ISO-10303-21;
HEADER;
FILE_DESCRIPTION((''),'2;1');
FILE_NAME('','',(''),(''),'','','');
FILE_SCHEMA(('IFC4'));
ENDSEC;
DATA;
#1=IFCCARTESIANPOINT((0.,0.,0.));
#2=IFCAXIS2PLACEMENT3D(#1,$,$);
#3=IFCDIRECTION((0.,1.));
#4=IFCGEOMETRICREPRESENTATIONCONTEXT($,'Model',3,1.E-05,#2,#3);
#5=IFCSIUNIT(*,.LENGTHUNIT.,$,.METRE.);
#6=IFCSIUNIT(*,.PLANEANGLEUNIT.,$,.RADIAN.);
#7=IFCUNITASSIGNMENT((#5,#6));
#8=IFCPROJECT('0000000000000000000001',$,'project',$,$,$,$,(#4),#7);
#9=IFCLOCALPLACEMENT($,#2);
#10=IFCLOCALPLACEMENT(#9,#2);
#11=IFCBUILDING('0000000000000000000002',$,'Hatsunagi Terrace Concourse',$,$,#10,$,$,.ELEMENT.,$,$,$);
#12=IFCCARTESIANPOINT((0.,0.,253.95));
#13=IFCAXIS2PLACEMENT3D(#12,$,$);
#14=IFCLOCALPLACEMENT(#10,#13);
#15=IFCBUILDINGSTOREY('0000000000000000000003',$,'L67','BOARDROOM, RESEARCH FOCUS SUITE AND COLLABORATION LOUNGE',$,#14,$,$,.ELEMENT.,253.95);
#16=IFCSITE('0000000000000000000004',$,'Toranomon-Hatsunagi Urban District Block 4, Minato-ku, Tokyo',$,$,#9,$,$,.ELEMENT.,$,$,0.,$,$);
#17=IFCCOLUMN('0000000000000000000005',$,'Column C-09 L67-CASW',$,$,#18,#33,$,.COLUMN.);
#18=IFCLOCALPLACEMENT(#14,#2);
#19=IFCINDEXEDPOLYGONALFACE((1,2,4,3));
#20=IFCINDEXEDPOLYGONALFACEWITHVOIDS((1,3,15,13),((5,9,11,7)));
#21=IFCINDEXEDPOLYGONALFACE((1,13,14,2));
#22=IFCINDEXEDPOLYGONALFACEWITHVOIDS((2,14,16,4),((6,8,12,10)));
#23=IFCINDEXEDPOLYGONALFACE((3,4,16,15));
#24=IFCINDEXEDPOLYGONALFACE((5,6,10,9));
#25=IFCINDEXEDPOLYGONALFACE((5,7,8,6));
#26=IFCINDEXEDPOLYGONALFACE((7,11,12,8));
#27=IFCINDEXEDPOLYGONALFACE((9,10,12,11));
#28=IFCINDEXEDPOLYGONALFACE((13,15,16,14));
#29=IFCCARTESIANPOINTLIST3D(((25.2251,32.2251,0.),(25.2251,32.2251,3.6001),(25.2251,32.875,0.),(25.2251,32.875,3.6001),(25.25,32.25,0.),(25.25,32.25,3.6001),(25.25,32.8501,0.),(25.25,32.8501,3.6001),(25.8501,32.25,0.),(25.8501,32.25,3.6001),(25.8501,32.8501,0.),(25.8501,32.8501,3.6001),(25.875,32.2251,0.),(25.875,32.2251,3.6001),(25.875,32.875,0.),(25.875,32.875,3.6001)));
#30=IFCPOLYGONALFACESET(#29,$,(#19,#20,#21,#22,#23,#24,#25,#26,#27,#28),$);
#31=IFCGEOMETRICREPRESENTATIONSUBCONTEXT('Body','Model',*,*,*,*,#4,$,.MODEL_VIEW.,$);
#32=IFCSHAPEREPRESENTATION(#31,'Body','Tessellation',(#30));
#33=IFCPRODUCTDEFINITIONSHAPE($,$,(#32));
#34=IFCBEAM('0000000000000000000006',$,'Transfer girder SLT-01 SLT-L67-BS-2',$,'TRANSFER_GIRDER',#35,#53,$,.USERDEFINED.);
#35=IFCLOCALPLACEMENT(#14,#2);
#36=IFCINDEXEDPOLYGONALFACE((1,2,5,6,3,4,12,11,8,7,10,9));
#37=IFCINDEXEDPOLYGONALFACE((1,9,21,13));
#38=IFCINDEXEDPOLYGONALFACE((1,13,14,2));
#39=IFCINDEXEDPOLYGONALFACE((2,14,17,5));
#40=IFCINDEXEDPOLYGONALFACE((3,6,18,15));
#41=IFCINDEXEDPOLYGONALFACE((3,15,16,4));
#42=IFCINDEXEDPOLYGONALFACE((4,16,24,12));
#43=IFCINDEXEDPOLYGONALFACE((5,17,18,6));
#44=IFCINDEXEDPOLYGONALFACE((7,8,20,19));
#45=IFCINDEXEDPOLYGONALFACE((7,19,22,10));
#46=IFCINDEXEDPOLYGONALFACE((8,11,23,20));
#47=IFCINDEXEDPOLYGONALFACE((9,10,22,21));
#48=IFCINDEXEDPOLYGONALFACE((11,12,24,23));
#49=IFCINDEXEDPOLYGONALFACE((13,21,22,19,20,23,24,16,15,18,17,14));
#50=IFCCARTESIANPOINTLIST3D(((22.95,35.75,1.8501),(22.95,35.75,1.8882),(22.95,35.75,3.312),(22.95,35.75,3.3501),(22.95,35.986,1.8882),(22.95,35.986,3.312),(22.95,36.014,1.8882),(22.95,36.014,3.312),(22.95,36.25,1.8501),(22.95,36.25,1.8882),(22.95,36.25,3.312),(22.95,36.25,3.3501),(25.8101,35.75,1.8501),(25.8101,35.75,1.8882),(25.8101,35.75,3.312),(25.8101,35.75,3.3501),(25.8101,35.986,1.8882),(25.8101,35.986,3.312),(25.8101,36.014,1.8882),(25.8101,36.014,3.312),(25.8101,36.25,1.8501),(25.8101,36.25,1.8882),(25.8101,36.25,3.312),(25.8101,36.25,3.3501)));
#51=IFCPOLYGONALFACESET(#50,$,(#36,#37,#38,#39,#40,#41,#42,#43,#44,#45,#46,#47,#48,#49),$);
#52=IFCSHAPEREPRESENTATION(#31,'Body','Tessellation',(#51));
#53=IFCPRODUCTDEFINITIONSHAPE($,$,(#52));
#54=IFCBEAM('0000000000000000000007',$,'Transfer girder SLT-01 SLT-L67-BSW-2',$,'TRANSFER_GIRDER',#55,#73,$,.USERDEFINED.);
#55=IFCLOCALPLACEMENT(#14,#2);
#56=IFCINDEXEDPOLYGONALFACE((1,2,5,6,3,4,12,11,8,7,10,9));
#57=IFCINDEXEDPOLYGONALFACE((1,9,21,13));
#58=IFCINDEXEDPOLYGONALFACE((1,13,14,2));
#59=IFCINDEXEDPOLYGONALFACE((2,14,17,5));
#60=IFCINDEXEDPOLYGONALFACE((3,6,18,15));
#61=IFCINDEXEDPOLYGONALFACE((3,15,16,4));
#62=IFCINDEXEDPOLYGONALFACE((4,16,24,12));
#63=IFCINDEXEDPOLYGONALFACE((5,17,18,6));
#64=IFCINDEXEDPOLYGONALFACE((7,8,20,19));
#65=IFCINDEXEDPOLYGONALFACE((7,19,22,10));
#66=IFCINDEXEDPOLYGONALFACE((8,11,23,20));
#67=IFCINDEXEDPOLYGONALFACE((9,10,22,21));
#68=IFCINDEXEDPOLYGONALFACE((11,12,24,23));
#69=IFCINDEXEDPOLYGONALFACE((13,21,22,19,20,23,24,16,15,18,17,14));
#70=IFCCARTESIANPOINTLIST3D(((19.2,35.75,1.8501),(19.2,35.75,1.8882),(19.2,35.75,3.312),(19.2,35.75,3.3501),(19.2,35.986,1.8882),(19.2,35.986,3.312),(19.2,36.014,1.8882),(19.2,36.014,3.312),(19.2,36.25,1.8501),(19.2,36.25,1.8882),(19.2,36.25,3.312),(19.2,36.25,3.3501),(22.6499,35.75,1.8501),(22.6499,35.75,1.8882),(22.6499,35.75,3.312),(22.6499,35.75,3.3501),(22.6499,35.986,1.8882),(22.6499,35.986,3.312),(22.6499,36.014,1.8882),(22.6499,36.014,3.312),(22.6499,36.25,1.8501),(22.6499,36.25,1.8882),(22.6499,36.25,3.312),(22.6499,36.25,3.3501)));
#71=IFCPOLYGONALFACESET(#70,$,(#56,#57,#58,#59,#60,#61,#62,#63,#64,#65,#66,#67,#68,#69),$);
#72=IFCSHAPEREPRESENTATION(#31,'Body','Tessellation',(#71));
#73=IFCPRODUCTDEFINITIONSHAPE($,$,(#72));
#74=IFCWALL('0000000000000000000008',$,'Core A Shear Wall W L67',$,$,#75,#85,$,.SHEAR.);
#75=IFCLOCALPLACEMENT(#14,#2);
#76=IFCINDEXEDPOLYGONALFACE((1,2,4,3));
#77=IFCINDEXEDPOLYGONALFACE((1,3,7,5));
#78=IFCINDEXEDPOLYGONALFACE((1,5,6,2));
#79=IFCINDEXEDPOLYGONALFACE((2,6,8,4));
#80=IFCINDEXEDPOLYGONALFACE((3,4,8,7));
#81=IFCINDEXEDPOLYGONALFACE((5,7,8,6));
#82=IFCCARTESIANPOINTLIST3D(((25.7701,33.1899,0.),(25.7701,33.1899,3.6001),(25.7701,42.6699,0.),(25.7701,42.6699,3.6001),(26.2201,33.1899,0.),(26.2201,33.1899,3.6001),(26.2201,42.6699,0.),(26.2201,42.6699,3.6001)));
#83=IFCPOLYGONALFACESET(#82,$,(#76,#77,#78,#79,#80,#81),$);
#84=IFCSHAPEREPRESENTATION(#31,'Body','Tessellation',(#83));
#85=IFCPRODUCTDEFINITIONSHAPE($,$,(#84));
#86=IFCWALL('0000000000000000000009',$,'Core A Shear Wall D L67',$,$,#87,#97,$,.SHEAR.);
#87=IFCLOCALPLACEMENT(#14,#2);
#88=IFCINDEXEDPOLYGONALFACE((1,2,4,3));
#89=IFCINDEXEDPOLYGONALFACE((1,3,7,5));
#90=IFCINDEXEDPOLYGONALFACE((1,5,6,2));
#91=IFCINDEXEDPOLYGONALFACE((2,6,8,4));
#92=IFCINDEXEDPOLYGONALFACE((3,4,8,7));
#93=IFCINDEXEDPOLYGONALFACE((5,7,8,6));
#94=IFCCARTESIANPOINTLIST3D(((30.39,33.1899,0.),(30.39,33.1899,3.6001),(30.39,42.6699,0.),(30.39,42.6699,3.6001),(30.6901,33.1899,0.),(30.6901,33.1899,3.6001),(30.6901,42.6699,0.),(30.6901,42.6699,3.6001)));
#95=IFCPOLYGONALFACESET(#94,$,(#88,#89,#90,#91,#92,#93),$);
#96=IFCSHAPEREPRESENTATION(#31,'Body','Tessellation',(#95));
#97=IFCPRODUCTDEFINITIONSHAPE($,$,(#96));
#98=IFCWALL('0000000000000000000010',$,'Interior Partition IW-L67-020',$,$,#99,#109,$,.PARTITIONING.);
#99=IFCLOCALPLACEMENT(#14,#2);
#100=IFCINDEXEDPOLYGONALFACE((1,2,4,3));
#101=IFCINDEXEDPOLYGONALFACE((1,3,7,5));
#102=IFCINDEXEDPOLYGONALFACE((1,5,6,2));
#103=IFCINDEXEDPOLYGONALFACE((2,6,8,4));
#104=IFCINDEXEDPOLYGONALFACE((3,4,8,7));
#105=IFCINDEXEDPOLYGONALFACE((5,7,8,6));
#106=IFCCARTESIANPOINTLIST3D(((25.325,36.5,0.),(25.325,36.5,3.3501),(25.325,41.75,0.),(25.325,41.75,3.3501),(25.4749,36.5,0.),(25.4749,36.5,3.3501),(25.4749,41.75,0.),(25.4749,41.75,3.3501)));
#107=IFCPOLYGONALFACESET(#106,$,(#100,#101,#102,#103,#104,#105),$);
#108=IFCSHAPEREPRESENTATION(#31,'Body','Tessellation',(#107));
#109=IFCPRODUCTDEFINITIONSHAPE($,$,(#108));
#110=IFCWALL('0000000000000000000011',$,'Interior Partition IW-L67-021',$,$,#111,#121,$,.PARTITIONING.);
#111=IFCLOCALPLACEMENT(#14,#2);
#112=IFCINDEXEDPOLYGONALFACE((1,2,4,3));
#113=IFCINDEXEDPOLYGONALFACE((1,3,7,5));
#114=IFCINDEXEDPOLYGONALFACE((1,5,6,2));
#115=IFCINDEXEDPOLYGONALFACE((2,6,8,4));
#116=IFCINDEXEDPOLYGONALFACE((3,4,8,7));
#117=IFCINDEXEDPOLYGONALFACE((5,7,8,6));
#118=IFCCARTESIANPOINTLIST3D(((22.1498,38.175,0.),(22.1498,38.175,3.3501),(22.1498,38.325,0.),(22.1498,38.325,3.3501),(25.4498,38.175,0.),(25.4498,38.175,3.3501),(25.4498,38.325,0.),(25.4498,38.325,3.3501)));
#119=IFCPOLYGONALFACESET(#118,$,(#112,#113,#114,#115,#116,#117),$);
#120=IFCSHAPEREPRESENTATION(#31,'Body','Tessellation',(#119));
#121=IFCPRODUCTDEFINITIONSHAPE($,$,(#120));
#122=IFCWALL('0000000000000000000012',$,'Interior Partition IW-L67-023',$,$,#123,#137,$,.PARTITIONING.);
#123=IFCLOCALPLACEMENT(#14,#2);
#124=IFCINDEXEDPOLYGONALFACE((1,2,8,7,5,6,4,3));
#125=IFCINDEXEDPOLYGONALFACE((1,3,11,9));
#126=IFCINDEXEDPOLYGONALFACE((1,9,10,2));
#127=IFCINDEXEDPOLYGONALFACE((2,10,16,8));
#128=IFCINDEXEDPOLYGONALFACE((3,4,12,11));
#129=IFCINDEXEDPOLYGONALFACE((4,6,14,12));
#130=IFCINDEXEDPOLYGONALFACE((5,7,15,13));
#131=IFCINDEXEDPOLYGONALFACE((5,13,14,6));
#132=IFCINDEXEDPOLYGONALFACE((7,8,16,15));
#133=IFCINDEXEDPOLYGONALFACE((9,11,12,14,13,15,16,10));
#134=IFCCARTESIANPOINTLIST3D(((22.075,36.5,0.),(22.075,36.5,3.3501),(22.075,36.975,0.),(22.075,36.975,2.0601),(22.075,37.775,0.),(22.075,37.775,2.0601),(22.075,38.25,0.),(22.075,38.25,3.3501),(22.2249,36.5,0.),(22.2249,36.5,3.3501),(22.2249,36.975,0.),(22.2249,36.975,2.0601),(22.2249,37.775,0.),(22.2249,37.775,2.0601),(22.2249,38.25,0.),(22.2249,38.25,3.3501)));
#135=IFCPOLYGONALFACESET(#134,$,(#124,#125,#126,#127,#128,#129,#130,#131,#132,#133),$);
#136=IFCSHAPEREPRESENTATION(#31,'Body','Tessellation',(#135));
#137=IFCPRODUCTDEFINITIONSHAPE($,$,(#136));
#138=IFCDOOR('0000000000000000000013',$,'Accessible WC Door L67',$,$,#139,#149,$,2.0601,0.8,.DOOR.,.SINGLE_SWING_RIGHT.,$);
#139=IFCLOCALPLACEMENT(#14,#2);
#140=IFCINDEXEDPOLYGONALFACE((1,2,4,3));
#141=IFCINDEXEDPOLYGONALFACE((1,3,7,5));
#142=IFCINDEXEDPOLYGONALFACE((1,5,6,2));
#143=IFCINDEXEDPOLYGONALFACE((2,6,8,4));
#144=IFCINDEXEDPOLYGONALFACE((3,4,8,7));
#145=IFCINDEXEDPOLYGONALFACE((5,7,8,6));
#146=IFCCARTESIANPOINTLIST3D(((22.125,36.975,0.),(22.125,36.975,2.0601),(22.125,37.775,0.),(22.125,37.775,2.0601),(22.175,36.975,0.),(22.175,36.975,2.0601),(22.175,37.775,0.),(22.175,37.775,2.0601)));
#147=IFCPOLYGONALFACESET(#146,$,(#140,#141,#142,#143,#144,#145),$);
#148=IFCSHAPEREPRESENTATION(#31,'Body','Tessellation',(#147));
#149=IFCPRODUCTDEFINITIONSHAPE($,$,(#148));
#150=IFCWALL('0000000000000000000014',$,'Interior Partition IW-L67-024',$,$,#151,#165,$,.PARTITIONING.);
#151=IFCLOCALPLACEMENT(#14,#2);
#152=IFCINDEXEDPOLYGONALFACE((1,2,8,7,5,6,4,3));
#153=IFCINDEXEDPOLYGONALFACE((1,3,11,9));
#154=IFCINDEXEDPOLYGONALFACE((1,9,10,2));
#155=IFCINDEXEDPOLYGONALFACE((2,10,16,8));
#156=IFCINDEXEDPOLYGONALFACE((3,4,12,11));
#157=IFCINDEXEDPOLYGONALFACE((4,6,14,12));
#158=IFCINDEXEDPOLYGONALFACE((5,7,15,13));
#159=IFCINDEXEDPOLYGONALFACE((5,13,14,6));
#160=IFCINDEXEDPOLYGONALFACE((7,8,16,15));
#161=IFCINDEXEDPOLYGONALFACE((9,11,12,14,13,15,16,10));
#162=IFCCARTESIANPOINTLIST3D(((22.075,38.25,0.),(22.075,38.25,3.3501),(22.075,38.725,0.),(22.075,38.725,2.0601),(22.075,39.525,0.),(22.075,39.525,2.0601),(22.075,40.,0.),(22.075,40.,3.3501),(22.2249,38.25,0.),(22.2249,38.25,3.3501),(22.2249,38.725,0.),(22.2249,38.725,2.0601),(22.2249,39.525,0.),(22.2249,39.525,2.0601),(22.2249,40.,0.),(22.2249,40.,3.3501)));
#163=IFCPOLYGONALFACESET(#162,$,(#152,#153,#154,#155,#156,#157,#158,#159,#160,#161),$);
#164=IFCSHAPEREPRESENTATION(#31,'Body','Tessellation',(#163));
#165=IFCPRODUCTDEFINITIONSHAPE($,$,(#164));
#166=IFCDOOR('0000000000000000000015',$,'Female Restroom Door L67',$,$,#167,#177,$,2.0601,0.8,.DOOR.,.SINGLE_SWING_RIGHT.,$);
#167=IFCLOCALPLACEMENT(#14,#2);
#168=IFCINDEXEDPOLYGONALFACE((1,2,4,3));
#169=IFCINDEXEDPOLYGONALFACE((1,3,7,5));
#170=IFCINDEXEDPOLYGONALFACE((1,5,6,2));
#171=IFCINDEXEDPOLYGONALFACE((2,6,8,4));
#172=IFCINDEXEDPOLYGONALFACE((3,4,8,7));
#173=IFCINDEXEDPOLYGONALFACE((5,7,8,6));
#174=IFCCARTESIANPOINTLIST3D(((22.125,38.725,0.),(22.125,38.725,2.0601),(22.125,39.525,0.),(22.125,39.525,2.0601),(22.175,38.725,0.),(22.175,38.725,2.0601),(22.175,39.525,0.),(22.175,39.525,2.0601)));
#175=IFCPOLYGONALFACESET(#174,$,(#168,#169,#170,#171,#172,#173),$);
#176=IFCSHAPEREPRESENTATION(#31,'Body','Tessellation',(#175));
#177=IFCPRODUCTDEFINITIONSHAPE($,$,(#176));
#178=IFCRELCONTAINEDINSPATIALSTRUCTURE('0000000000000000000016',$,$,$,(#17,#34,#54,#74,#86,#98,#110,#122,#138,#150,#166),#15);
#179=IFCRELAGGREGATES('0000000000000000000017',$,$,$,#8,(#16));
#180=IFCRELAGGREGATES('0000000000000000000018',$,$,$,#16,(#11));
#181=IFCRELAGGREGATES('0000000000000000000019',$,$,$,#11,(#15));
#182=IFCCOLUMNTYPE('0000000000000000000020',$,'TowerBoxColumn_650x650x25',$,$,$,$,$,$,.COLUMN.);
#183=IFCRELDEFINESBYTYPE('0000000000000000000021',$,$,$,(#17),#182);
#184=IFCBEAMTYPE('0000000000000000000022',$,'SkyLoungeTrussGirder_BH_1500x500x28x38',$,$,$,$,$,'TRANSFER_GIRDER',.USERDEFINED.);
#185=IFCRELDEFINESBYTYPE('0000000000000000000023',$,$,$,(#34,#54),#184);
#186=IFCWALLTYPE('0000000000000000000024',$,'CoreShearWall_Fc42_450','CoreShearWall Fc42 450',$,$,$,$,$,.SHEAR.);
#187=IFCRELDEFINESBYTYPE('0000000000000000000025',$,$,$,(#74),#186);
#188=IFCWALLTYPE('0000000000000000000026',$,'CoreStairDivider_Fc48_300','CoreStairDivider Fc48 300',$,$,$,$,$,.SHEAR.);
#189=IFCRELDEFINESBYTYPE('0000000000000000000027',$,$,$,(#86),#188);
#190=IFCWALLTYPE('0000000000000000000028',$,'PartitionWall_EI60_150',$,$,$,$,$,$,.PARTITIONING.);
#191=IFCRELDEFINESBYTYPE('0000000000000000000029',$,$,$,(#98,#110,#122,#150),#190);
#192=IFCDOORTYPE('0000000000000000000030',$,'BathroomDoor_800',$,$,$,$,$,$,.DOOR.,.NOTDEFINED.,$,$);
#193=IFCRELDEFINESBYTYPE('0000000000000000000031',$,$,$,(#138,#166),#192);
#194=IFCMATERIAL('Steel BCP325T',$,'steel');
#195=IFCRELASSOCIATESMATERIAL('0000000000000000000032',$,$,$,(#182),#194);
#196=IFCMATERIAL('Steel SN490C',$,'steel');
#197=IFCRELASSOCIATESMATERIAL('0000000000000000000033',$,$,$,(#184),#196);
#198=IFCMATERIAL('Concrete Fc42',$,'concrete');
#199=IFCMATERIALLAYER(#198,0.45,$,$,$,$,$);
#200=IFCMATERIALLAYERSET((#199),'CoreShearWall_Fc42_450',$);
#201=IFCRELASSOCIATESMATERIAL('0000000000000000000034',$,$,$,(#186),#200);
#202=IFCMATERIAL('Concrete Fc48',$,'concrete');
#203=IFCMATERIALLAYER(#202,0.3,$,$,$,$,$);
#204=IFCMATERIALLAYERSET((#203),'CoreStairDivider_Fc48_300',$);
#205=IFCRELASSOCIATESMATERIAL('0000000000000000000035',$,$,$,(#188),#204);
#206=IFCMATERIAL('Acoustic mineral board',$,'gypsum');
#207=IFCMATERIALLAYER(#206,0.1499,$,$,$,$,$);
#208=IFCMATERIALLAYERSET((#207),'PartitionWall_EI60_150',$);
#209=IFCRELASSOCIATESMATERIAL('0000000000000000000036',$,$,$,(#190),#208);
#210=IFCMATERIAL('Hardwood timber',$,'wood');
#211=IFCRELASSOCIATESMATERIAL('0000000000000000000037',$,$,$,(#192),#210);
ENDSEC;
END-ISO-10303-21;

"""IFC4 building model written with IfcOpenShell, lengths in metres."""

from ifc_helpers import new_model, si_unit, direction, frame, frame_2d, origin, origin_2d, place, context, subcontext, project, spatial, rectangle, hollow_rectangle, i_section, extrude, material, layer, layer_set, material_profile, profile_set, type_object, element, fill, save


model = new_model("IFC4")

# Units and contexts
model_context = context("Model", 3, precision=1e-05, world=origin(), true_north=direction((0.0, 1.0)))
body_context = subcontext(model_context, "Body", "Model", "MODEL_VIEW")
ifc_project = project(units=[si_unit("LENGTHUNIT", "METRE"), si_unit("PLANEANGLEUNIT", "RADIAN")], contexts=[model_context])

# Site, building, storey
site_placement = place(None, origin())
site = spatial("IfcSite", under=ifc_project, at=site_placement, Name="Toranomon-Hatsunagi Urban District Block 4, Minato-ku, Tokyo", CompositionType="ELEMENT", RefElevation=0.0)
building_placement = place(site_placement, origin())
building = spatial("IfcBuilding", under=site, at=building_placement, Name="Hatsunagi Terrace Concourse", CompositionType="ELEMENT")
storey_placement = place(building_placement, frame((0.0, 0.0, 253.95)))
storey = spatial("IfcBuildingStorey", under=building, at=storey_placement, Name="L67", Description="BOARDROOM, RESEARCH FOCUS SUITE AND COLLABORATION LOUNGE", CompositionType="ELEMENT", Elevation=253.95)

# Column
ifc_material_1 = material(Name="Steel BCP325T", Category="steel")
ifc_material_profile_1 = material_profile(ifc_material_1, hollow_rectangle(XDim=0.6499, YDim=0.6499, WallThickness=0.0249, at=origin_2d()), Name="BCP-650x650x25")
ifc_profile_set_1 = profile_set([ifc_material_profile_1], Name="Steel BCP325T")
column_type = type_object("IfcColumnType", Name="TowerBoxColumn_650x650x25", PredefinedType="COLUMN", material=ifc_profile_set_1)
column_placement = place(storey_placement, frame((25.55, 32.55, 0.0), z_axis=(0.0, 0.0, 1.0), x_axis=(1.0, 0.0, 0.0)))
element("IfcColumn", 1, at=column_placement, inside=storey, type_object=column_type, Name="Column C-09 L67-CASW", PredefinedType="COLUMN", context=body_context, shape_type="SweptSolid", body=[
    extrude(hollow_rectangle(XDim=0.6499, YDim=0.6499, WallThickness=0.0249, at=origin_2d()), origin(), (0.0, 0.0, 1.0), 3.6001),
])

# Beams
ifc_material_2 = material(Name="Steel SN490C", Category="steel")
ifc_material_profile_2 = material_profile(ifc_material_2, i_section(OverallWidth=0.5, OverallDepth=1.5, WebThickness=0.0281, FlangeThickness=0.0381, at=origin_2d()), Name="BH-1500x500x28x38")
ifc_profile_set_2 = profile_set([ifc_material_profile_2], Name="Steel SN490C")
beam_type = type_object("IfcBeamType", Name="SkyLoungeTrussGirder_BH_1500x500x28x38", ElementType="TRANSFER_GIRDER", PredefinedType="USERDEFINED", material=ifc_profile_set_2)
beam_1_placement = place(storey_placement, frame((25.8101, 36.0, 2.6001), z_axis=(-1.0, 0.0, 0.0), x_axis=(0.0, -1.0, 0.0)))
element("IfcBeam", 2, at=beam_1_placement, inside=storey, type_object=beam_type, Name="Transfer girder SLT-01 SLT-L67-BS-2", ObjectType="TRANSFER_GIRDER", PredefinedType="USERDEFINED", context=body_context, shape_type="SweptSolid", body=[
    extrude(i_section(OverallWidth=0.5, OverallDepth=1.5, WebThickness=0.0281, FlangeThickness=0.0381, at=origin_2d()), origin(), (0.0, 0.0, 1.0), 2.8601),
])
beam_2_placement = place(storey_placement, frame((22.6499, 36.0, 2.6001), z_axis=(-1.0, 0.0, 0.0), x_axis=(0.0, -1.0, 0.0)))
element("IfcBeam", 3, at=beam_2_placement, inside=storey, type_object=beam_type, Name="Transfer girder SLT-01 SLT-L67-BSW-2", ObjectType="TRANSFER_GIRDER", PredefinedType="USERDEFINED", context=body_context, shape_type="SweptSolid", body=[
    extrude(i_section(OverallWidth=0.5, OverallDepth=1.5, WebThickness=0.0281, FlangeThickness=0.0381, at=origin_2d()), origin(), (0.0, 0.0, 1.0), 3.45),
])

# Shared definitions
ifc_material_3 = material(Name="Concrete Fc42", Category="concrete")
ifc_layer_1 = layer(ifc_material_3, 0.45)
ifc_layer_set_1 = layer_set([ifc_layer_1], Name="CoreShearWall_Fc42_450")
wall_type_1 = type_object("IfcWallType", Name="CoreShearWall_Fc42_450", Description="CoreShearWall Fc42 450", PredefinedType="SHEAR", material=ifc_layer_set_1)

# Walls
wall_1_placement = place(storey_placement, frame((25.9951, 33.1899, 0.0), z_axis=(0.0, 0.0, 1.0), x_axis=(0.0, 1.0, 0.0)))
element("IfcWall", 4, at=wall_1_placement, inside=storey, type_object=wall_type_1, Name="Core A Shear Wall W L67", PredefinedType="SHEAR", context=body_context, shape_type="SweptSolid", body=[
    extrude(rectangle(XDim=9.48, YDim=0.45, at=frame_2d((4.74, 0.0))), origin(), (0.0, 0.0, 1.0), 3.6001),
])
ifc_material_4 = material(Name="Concrete Fc48", Category="concrete")
ifc_layer_2 = layer(ifc_material_4, 0.3)
ifc_layer_set_2 = layer_set([ifc_layer_2], Name="CoreStairDivider_Fc48_300")
wall_type_2 = type_object("IfcWallType", Name="CoreStairDivider_Fc48_300", Description="CoreStairDivider Fc48 300", PredefinedType="SHEAR", material=ifc_layer_set_2)
wall_2_placement = place(storey_placement, frame((30.54, 33.1899, 0.0), z_axis=(0.0, 0.0, 1.0), x_axis=(0.0, 1.0, 0.0)))
element("IfcWall", 5, at=wall_2_placement, inside=storey, type_object=wall_type_2, Name="Core A Shear Wall D L67", PredefinedType="SHEAR", context=body_context, shape_type="SweptSolid", body=[
    extrude(rectangle(XDim=9.48, YDim=0.3, at=frame_2d((4.74, 0.0))), origin(), (0.0, 0.0, 1.0), 3.6001),
])
ifc_material_5 = material(Name="Acoustic mineral board", Category="gypsum")
ifc_layer_3 = layer(ifc_material_5, 0.1499)
ifc_layer_set_3 = layer_set([ifc_layer_3], Name="PartitionWall_EI60_150")
wall_type_3 = type_object("IfcWallType", Name="PartitionWall_EI60_150", PredefinedType="PARTITIONING", material=ifc_layer_set_3)
wall_3_placement = place(storey_placement, frame((25.3999, 36.5, 0.0), z_axis=(0.0, 0.0, 1.0), x_axis=(0.0, 1.0, 0.0)))
element("IfcWall", 6, at=wall_3_placement, inside=storey, type_object=wall_type_3, Name="Interior Partition IW-L67-020", PredefinedType="PARTITIONING", context=body_context, shape_type="SweptSolid", body=[
    extrude(rectangle(XDim=5.25, YDim=0.1499, at=frame_2d((2.625, 0.0))), origin(), (0.0, 0.0, 1.0), 3.3501),
])
wall_4_placement = place(storey_placement, frame((22.1499, 38.25, 0.0), z_axis=(0.0, 0.0, 1.0), x_axis=(1.0, 0.0, 0.0)))
element("IfcWall", 7, at=wall_4_placement, inside=storey, type_object=wall_type_3, Name="Interior Partition IW-L67-021", PredefinedType="PARTITIONING", context=body_context, shape_type="SweptSolid", body=[
    extrude(rectangle(XDim=3.3, YDim=0.1499, at=frame_2d((1.6499, 0.0))), origin(), (0.0, 0.0, 1.0), 3.3501),
])

# Walls, openings, doors
wall_5_placement = place(storey_placement, frame((22.1499, 36.5, 0.0), z_axis=(0.0, 0.0, 1.0), x_axis=(0.0, 1.0, 0.0)))
wall_5 = element("IfcWall", 8, at=wall_5_placement, inside=storey, type_object=wall_type_3, Name="Interior Partition IW-L67-023", PredefinedType="PARTITIONING", context=body_context, shape_type="SweptSolid", body=[
    extrude(rectangle(XDim=1.75, YDim=0.1499, at=frame_2d((0.875, 0.0))), origin(), (0.0, 0.0, 1.0), 3.3501),
])
opening_1_placement = place(wall_5_placement, frame((0.4751, 0.0, 0.0)))
opening_1 = element("IfcOpeningElement", 9, at=opening_1_placement, cuts=wall_5, PredefinedType="OPENING", context=body_context, shape_type="SweptSolid", body=[
    extrude(rectangle(XDim=0.8, YDim=2.0601, at=frame_2d((0.3999, 1.03))), frame((0.0, 0.085, 0.0), z_axis=(0.0, -1.0, 0.0), x_axis=(1.0, 0.0, 0.0)), (0.0, 0.0, 1.0), 0.1699),
])
ifc_material_6 = material(Name="Hardwood timber", Category="wood")
door_type_1 = type_object("IfcDoorType", Name="BathroomDoor_800", OperationType="NOTDEFINED", PredefinedType="DOOR", material=ifc_material_6)
door_1_placement = place(opening_1_placement, origin())
door_1 = element("IfcDoor", 10, at=door_1_placement, inside=storey, type_object=door_type_1, Name="Accessible WC Door L67", OperationType="SINGLE_SWING_RIGHT", OverallHeight=2.0601, OverallWidth=0.8, PredefinedType="DOOR", context=body_context, shape_type="SweptSolid", body=[
    extrude(rectangle(XDim=0.8, YDim=2.0601, at=frame_2d((0.3999, 1.03))), frame((0.0, 0.0249, 0.0), z_axis=(0.0, -1.0, 0.0), x_axis=(1.0, 0.0, 0.0)), (0.0, 0.0, 1.0), 0.05),
])
fill(opening_1, door_1)
wall_6_placement = place(storey_placement, frame((22.1499, 38.25, 0.0), z_axis=(0.0, 0.0, 1.0), x_axis=(0.0, 1.0, 0.0)))
wall_6 = element("IfcWall", 11, at=wall_6_placement, inside=storey, type_object=wall_type_3, Name="Interior Partition IW-L67-024", PredefinedType="PARTITIONING", context=body_context, shape_type="SweptSolid", body=[
    extrude(rectangle(XDim=1.75, YDim=0.1499, at=frame_2d((0.875, 0.0))), origin(), (0.0, 0.0, 1.0), 3.3501),
])
opening_2_placement = place(wall_6_placement, frame((0.4751, 0.0, 0.0)))
opening_2 = element("IfcOpeningElement", 12, at=opening_2_placement, cuts=wall_6, PredefinedType="OPENING", context=body_context, shape_type="SweptSolid", body=[
    extrude(rectangle(XDim=0.8, YDim=2.0601, at=frame_2d((0.3999, 1.03))), frame((0.0, 0.085, 0.0), z_axis=(0.0, -1.0, 0.0), x_axis=(1.0, 0.0, 0.0)), (0.0, 0.0, 1.0), 0.1699),
])
door_2_placement = place(opening_2_placement, origin())
door_2 = element("IfcDoor", 13, at=door_2_placement, inside=storey, type_object=door_type_1, Name="Female Restroom Door L67", OperationType="SINGLE_SWING_RIGHT", OverallHeight=2.0601, OverallWidth=0.8, PredefinedType="DOOR", context=body_context, shape_type="SweptSolid", body=[
    extrude(rectangle(XDim=0.8, YDim=2.0601, at=frame_2d((0.3999, 1.03))), frame((0.0, 0.0249, 0.0), z_axis=(0.0, -1.0, 0.0), x_axis=(1.0, 0.0, 0.0)), (0.0, 0.0, 1.0), 0.05),
])
fill(opening_2, door_2)

save(model, "model.ifc")
